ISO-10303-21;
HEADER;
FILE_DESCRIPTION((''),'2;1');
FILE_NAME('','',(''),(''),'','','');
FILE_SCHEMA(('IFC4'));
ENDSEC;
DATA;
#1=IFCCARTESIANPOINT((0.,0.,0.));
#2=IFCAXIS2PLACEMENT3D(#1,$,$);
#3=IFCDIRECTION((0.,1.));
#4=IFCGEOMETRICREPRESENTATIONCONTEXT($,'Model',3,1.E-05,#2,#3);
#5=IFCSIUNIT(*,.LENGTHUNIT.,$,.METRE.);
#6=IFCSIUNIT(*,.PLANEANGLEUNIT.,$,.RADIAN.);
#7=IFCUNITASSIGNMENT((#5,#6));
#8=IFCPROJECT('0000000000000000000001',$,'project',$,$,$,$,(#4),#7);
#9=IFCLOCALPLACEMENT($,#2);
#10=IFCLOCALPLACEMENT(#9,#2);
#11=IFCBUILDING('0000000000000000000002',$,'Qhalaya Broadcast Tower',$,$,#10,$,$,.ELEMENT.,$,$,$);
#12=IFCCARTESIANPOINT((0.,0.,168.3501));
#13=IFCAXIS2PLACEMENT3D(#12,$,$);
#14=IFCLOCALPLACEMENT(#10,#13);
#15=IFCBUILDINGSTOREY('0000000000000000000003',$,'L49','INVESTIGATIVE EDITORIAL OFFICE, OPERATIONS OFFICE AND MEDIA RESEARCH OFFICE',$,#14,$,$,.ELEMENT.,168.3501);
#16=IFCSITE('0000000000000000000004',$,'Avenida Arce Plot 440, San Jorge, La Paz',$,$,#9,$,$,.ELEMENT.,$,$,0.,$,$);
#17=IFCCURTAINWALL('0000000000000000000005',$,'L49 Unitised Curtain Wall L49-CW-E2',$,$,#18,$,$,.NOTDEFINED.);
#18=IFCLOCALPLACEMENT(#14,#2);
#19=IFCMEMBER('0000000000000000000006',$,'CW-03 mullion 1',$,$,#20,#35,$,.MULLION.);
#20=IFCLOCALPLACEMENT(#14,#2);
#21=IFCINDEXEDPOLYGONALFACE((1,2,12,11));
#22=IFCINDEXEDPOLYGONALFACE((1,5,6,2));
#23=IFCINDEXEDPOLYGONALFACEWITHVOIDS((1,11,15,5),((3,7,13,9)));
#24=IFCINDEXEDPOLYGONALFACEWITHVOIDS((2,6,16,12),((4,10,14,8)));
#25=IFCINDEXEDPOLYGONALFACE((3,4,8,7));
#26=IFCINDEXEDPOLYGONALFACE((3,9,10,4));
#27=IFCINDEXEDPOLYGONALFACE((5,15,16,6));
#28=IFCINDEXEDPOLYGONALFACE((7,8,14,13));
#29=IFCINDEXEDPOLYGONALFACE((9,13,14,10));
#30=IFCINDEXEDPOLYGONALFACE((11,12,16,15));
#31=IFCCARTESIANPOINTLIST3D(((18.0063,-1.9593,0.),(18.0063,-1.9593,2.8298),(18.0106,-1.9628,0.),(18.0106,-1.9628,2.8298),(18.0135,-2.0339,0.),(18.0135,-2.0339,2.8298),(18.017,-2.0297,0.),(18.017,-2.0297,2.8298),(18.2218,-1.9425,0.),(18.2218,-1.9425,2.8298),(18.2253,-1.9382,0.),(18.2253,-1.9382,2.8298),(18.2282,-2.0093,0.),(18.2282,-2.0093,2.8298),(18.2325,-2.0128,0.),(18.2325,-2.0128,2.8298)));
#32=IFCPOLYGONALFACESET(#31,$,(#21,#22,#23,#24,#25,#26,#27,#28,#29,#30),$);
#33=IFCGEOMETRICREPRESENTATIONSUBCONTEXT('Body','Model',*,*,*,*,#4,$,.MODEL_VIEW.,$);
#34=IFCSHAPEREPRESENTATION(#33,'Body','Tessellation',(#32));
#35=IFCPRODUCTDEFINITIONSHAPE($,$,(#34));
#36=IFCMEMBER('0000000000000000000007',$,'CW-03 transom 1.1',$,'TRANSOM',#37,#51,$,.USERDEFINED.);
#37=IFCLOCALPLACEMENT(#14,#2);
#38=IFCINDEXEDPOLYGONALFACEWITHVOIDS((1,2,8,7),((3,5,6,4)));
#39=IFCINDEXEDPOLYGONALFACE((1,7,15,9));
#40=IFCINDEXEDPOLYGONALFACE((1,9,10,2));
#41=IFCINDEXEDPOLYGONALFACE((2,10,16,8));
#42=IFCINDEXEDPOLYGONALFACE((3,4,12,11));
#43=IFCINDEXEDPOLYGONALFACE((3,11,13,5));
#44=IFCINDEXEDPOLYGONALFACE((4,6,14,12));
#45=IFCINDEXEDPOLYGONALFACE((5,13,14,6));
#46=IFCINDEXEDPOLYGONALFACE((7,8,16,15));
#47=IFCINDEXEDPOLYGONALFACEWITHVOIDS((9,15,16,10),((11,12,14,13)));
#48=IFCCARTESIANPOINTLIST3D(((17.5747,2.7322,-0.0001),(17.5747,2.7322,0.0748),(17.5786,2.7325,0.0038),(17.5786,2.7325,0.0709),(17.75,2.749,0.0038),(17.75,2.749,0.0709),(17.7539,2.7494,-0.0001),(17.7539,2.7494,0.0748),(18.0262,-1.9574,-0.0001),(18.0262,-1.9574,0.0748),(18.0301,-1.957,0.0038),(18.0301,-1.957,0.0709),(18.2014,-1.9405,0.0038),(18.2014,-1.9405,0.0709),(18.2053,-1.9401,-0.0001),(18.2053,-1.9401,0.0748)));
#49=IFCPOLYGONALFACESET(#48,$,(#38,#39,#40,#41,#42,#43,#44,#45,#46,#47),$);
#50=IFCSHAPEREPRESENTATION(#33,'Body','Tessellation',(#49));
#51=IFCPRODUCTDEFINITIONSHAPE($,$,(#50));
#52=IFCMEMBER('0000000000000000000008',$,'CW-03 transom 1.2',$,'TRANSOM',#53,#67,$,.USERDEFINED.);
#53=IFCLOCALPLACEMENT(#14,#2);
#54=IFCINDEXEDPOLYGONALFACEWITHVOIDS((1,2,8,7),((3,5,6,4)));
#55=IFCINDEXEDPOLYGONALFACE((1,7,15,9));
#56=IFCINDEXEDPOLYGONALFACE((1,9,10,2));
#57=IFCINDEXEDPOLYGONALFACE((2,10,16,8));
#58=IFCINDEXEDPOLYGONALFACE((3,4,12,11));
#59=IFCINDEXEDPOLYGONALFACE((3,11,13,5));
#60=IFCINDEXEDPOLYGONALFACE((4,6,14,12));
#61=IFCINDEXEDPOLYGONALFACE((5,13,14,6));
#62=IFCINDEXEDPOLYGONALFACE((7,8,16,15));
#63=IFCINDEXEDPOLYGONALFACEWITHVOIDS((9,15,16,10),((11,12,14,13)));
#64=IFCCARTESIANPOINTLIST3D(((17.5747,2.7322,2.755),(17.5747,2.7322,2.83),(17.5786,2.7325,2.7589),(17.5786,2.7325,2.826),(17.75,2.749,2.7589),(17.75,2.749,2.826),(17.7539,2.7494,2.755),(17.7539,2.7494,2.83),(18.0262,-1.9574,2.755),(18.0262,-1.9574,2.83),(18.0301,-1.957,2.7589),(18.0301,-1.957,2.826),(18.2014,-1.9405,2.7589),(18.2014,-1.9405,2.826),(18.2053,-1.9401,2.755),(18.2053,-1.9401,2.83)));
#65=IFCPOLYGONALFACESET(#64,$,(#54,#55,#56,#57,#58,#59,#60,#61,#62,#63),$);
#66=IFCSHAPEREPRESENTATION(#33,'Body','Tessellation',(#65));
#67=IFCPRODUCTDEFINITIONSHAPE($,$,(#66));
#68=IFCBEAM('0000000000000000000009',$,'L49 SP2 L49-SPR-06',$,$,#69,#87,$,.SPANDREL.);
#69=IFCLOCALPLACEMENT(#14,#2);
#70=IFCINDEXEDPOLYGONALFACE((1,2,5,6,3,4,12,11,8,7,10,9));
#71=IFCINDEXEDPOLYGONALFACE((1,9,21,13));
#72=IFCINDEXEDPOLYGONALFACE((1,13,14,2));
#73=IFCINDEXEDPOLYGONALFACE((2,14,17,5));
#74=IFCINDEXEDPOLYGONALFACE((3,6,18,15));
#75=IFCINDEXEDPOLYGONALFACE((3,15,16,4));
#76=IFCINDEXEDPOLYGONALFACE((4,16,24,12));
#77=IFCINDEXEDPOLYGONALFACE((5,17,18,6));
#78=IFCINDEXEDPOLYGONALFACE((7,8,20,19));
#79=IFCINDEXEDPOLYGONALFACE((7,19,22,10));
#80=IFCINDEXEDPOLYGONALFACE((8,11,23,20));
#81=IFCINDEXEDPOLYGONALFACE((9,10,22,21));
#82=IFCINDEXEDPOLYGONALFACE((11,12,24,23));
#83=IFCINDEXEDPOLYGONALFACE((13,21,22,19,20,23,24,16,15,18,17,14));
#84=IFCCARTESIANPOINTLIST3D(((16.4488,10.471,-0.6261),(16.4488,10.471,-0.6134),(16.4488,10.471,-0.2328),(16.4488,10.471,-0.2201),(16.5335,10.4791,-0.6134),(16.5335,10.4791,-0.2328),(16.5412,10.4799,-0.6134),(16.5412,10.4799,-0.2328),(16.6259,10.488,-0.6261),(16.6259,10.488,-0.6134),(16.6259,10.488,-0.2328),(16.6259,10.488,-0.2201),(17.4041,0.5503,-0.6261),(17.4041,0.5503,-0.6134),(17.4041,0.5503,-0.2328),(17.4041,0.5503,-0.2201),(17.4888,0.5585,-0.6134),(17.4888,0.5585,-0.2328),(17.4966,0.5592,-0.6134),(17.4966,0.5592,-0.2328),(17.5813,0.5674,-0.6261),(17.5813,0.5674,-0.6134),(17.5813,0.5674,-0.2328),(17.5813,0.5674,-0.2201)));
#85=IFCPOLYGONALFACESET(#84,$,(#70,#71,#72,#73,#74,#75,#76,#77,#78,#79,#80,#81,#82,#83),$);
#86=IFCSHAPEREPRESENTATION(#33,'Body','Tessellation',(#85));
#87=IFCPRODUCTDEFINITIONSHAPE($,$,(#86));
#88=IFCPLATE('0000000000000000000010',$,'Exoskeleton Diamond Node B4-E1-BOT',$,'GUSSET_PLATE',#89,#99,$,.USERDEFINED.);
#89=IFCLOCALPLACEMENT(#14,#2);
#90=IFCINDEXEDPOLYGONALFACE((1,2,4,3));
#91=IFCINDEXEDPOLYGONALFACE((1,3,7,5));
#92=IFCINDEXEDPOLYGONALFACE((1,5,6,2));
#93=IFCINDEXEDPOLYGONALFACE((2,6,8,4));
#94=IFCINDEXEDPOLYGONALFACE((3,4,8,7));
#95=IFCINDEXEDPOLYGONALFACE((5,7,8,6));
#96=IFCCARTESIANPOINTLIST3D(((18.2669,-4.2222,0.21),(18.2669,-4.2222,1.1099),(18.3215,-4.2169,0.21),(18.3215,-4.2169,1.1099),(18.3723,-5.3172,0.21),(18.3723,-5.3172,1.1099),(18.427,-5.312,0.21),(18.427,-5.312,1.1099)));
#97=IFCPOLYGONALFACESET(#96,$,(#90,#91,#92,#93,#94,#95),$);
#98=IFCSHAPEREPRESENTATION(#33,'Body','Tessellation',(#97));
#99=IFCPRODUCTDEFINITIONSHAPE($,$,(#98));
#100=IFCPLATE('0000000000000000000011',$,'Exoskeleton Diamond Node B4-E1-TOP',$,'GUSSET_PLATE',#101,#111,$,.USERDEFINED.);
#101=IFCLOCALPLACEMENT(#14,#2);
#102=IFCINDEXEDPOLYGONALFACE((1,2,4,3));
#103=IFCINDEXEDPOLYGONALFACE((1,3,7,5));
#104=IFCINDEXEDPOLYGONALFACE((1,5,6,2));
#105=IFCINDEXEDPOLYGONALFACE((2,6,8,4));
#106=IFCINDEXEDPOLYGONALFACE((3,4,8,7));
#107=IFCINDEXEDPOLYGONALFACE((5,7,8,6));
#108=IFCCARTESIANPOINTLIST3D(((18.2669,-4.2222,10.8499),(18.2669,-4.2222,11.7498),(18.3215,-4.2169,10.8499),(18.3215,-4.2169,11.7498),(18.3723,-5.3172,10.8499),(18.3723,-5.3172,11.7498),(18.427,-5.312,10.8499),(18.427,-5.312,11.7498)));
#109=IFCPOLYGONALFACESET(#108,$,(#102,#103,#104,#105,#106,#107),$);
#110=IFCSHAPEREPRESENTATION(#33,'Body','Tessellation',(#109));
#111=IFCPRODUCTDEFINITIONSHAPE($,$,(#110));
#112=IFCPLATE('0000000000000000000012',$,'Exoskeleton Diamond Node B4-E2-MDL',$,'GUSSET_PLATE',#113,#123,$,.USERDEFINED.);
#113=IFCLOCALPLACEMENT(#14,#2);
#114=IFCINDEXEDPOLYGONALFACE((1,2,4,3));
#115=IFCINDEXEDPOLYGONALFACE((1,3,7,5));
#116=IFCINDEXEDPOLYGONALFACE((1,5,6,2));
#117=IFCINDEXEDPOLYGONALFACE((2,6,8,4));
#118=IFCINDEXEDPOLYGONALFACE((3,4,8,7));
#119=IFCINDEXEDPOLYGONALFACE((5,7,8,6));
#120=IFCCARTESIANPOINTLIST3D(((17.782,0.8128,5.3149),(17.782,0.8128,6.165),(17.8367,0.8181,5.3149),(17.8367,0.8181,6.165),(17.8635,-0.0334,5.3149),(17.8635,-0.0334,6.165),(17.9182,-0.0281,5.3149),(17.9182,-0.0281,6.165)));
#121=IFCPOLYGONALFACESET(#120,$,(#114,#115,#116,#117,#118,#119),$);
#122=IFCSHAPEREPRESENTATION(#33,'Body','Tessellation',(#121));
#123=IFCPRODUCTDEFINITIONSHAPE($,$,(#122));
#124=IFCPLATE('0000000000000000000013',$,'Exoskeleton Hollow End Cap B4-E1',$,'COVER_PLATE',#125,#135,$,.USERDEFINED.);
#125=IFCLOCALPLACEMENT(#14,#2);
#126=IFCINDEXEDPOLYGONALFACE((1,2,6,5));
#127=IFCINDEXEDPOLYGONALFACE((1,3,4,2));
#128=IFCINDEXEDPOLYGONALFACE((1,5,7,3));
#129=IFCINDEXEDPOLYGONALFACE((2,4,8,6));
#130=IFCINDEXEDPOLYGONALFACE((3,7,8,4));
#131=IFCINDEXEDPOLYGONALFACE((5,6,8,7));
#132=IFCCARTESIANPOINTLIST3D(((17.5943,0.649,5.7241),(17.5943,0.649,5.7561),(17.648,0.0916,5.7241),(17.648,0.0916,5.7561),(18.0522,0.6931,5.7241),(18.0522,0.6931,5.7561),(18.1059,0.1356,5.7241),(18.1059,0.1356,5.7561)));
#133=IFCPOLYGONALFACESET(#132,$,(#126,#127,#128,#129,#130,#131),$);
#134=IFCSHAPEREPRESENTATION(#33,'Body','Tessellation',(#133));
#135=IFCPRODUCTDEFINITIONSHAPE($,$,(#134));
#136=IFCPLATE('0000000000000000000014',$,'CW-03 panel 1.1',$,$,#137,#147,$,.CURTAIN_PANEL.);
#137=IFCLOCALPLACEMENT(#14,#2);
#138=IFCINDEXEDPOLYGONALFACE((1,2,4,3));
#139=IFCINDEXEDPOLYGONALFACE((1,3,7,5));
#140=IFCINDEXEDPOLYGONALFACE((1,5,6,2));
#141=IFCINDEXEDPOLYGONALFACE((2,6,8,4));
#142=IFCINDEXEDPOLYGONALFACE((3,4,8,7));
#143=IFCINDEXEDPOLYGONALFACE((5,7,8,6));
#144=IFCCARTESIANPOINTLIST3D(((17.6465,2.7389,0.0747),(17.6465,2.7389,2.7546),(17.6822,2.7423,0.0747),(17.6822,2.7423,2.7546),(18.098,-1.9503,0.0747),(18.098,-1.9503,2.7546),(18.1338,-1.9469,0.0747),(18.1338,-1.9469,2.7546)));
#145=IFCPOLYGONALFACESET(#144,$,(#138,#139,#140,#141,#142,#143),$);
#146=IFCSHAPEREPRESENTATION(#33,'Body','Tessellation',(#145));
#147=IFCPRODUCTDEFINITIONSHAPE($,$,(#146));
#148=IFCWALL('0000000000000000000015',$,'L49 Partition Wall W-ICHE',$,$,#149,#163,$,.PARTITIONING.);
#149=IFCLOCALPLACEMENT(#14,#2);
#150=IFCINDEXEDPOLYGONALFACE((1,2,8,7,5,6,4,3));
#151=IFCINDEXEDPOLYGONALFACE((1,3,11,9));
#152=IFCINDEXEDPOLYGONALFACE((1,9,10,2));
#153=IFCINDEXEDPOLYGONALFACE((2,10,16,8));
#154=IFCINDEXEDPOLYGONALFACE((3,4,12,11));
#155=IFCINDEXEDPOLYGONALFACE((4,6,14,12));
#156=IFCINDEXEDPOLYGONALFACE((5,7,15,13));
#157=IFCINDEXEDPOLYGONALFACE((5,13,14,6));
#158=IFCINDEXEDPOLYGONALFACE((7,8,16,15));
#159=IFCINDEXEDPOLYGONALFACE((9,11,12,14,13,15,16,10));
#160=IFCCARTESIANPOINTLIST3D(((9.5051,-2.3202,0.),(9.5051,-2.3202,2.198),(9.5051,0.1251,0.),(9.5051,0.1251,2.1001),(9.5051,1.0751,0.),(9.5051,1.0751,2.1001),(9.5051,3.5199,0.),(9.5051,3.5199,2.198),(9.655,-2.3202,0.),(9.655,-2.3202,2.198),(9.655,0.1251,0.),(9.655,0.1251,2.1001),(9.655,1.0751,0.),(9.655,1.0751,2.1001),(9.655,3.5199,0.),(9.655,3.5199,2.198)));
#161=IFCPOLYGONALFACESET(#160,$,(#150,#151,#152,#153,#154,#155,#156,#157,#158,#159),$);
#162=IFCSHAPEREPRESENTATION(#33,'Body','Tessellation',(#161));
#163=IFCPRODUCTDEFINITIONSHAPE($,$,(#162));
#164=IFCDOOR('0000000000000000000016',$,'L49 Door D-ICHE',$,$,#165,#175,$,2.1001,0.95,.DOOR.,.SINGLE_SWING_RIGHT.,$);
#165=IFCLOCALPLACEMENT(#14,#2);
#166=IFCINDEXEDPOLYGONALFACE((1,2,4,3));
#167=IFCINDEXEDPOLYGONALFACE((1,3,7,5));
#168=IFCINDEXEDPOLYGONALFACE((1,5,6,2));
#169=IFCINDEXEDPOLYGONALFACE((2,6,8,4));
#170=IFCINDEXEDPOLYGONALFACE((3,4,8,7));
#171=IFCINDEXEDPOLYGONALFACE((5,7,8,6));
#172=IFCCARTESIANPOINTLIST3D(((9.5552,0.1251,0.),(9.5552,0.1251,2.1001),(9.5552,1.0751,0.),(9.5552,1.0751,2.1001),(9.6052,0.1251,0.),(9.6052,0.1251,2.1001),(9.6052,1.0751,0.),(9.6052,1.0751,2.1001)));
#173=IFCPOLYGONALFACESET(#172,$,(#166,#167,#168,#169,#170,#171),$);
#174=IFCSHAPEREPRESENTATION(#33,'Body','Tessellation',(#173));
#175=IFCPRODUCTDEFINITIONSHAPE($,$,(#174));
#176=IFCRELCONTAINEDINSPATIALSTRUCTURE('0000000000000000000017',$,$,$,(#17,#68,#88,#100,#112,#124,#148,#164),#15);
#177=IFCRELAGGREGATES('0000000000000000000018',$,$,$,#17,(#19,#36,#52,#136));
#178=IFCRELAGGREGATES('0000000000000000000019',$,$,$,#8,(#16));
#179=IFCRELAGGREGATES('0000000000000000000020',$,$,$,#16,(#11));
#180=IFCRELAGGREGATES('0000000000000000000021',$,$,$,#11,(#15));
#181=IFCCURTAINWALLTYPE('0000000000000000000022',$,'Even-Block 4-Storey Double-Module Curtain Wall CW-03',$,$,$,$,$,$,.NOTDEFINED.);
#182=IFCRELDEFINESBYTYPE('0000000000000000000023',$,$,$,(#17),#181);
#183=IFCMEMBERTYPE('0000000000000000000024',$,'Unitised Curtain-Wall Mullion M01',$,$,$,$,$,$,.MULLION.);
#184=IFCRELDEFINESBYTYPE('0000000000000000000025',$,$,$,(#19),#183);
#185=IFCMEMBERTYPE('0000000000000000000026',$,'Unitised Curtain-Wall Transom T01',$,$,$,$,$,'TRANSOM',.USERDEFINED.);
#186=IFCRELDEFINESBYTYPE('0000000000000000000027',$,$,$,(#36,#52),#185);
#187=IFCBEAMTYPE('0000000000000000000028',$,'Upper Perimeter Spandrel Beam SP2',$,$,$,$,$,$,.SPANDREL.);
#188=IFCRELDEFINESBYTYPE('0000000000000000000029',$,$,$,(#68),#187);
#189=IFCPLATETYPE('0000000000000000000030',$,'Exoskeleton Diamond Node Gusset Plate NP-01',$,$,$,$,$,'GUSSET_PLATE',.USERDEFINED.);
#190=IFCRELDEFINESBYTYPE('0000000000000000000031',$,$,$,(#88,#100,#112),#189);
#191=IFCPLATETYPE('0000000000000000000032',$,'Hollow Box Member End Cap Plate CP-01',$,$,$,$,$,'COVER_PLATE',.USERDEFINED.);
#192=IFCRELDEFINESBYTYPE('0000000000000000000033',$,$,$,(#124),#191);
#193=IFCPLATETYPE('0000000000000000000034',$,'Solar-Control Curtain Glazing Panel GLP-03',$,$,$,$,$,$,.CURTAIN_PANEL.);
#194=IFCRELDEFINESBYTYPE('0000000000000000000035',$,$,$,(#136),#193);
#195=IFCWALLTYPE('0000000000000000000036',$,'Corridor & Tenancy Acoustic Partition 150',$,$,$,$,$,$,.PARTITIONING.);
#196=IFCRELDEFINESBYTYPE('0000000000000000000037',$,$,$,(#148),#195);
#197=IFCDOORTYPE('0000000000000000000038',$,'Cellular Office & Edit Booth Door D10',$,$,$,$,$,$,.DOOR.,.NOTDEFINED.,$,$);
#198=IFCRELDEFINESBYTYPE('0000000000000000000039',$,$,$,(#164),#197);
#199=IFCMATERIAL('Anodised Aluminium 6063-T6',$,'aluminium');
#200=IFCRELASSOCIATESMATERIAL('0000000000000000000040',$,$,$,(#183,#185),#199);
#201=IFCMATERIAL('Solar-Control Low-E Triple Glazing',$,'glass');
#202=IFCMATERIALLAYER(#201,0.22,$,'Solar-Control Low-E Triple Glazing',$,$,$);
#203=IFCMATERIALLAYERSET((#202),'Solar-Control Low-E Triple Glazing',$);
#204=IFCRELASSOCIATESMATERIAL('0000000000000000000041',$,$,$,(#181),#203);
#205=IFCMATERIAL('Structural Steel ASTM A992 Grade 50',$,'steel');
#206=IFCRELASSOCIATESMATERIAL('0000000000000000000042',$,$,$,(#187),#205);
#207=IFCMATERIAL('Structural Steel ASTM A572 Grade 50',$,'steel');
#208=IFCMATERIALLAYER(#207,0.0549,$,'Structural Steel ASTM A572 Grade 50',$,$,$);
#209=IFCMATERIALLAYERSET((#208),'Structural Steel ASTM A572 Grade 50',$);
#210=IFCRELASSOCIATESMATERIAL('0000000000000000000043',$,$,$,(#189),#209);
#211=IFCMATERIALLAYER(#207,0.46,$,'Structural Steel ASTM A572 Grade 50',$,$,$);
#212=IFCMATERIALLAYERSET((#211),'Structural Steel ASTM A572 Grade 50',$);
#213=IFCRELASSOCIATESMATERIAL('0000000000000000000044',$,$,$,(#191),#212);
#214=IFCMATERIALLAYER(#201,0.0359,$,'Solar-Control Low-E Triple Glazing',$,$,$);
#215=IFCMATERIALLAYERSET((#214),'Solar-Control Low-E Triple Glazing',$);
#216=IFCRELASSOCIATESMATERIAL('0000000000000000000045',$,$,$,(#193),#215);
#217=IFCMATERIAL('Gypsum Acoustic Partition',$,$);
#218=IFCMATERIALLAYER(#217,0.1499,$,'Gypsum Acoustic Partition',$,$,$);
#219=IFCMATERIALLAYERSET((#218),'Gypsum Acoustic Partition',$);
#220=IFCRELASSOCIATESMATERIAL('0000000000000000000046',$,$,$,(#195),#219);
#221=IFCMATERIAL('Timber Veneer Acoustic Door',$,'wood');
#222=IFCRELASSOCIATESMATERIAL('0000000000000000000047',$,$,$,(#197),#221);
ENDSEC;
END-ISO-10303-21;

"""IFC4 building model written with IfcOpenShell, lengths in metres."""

from ifc_helpers import new_model, si_unit, direction, frame, frame_2d, origin, origin_2d, place, context, subcontext, project, spatial, rectangle, hollow_rectangle, i_section, extrude, material, layer, layer_set, material_profile, profile_set, type_object, element, fill, aggregate, save


model = new_model("IFC4")

# Units and contexts
model_context = context("Model", 3, precision=1e-05, world=origin(), true_north=direction((0.0, 1.0)))
body_context = subcontext(model_context, "Body", "Model", "MODEL_VIEW")
ifc_project = project(units=[si_unit("LENGTHUNIT", "METRE"), si_unit("PLANEANGLEUNIT", "RADIAN")], contexts=[model_context])

# Site, building, storey
site_placement = place(None, origin())
site = spatial("IfcSite", under=ifc_project, at=site_placement, Name="Avenida Arce Plot 440, San Jorge, La Paz", CompositionType="ELEMENT", RefElevation=0.0)
building_placement = place(site_placement, origin())
building = spatial("IfcBuilding", under=site, at=building_placement, Name="Qhalaya Broadcast Tower", CompositionType="ELEMENT")
storey_placement = place(building_placement, frame((0.0, 0.0, 168.3501)))
storey = spatial("IfcBuildingStorey", under=building, at=storey_placement, Name="L49", Description="INVESTIGATIVE EDITORIAL OFFICE, OPERATIONS OFFICE AND MEDIA RESEARCH OFFICE", CompositionType="ELEMENT", Elevation=168.3501)

# Shared definitions
ifc_material_1 = material(Name="Structural Steel ASTM A572 Grade 50", Category="steel")

# Shared definitions
ifc_material_2 = material(Name="Structural Steel ASTM A992 Grade 50", Category="steel")

# Shared definitions
ifc_material_3 = material(Name="Anodised Aluminium 6063-T6", Category="aluminium")
ifc_material_profile_1 = material_profile(ifc_material_3, hollow_rectangle(XDim=0.075, YDim=0.22, WallThickness=0.0039, at=origin_2d()), Name="ALU-MUL 75x220x4")
ifc_profile_set_1 = profile_set([ifc_material_profile_1], Name="Anodised Aluminium 6063-T6")
member_type_1 = type_object("IfcMemberType", Name="Unitised Curtain-Wall Mullion M01", PredefinedType="MULLION", material=ifc_profile_set_1)

# Curtain wall, members
ifc_material_4 = material(Name="Solar-Control Low-E Triple Glazing", Category="glass")
ifc_layer_1 = layer(ifc_material_4, 0.22, Name="Solar-Control Low-E Triple Glazing")
ifc_layer_set_1 = layer_set([ifc_layer_1], Name="Solar-Control Low-E Triple Glazing")
curtain_wall_type_1 = type_object("IfcCurtainWallType", Name="Even-Block 4-Storey Double-Module Curtain Wall CW-03", PredefinedType="NOTDEFINED", material=ifc_layer_set_1)
curtain_wall_1_placement = place(storey_placement, origin())
curtain_wall_1 = element("IfcCurtainWall", 1, at=curtain_wall_1_placement, inside=storey, type_object=curtain_wall_type_1, Name="L49 Unitised Curtain Wall L49-CW-E2", PredefinedType="NOTDEFINED")
member_1_placement = place(storey_placement, frame((18.1194, -1.9861, 0.0), z_axis=(0.0, 0.0, 1.0), x_axis=(-0.095845, 0.995396, 0.0)))
member_1 = element("IfcMember", 2, at=member_1_placement, type_object=member_type_1, Name="CW-03 mullion 1", PredefinedType="MULLION", context=body_context, shape_type="SweptSolid", body=[
    extrude(hollow_rectangle(XDim=0.075, YDim=0.22, WallThickness=0.0039, at=origin_2d()), origin(), (0.0, 0.0, 1.0), 2.8298),
])
ifc_material_profile_2 = material_profile(ifc_material_3, hollow_rectangle(XDim=0.075, YDim=0.1799, WallThickness=0.0039, at=origin_2d()), Name="ALU-TRN 75x180x4")
ifc_profile_set_2 = profile_set([ifc_material_profile_2], Name="Anodised Aluminium 6063-T6")
member_type_2 = type_object("IfcMemberType", Name="Unitised Curtain-Wall Transom T01", ElementType="TRANSOM", PredefinedType="USERDEFINED", material=ifc_profile_set_2)
member_2_placement = place(storey_placement, frame((18.1157, -1.9487, 0.0374), z_axis=(-0.095819, 0.995399, 0.0), x_axis=(0.0, 0.0, 1.0)))
member_2 = element("IfcMember", 3, at=member_2_placement, type_object=member_type_2, Name="CW-03 transom 1.1", ObjectType="TRANSOM", PredefinedType="USERDEFINED", context=body_context, shape_type="SweptSolid", body=[
    extrude(hollow_rectangle(XDim=0.075, YDim=0.1799, WallThickness=0.0039, at=origin_2d()), origin(), (0.0, 0.0, 1.0), 4.7112),
])
member_3_placement = place(storey_placement, frame((18.1157, -1.9487, 2.7925), z_axis=(-0.095819, 0.995399, 0.0), x_axis=(0.0, 0.0, 1.0)))
member_3 = element("IfcMember", 4, at=member_3_placement, type_object=member_type_2, Name="CW-03 transom 1.2", ObjectType="TRANSOM", PredefinedType="USERDEFINED", context=body_context, shape_type="SweptSolid", body=[
    extrude(hollow_rectangle(XDim=0.075, YDim=0.1799, WallThickness=0.0039, at=origin_2d()), origin(), (0.0, 0.0, 1.0), 4.7112),
])

# Beam
ifc_material_profile_3 = material_profile(ifc_material_2, i_section(OverallWidth=0.178, OverallDepth=0.406, WebThickness=0.0078, FlangeThickness=0.0127, at=origin_2d()), Name="W16X40")
ifc_profile_set_3 = profile_set([ifc_material_profile_3], Name="Structural Steel ASTM A992 Grade 50")
beam_type_1 = type_object("IfcBeamType", Name="Upper Perimeter Spandrel Beam SP2", PredefinedType="SPANDREL", material=ifc_profile_set_3)
beam_1_placement = place(storey_placement, frame((17.4927, 0.5588, -0.4231), z_axis=(-0.095853, 0.995396, 0.0), x_axis=(-0.995396, -0.095853, 0.0)))
element("IfcBeam", 5, at=beam_1_placement, inside=storey, type_object=beam_type_1, Name="L49 SP2 L49-SPR-06", PredefinedType="SPANDREL", context=body_context, shape_type="SweptSolid", body=[
    extrude(i_section(OverallWidth=0.178, OverallDepth=0.406, WebThickness=0.0078, FlangeThickness=0.0127, at=origin_2d()), origin(), (0.0, 0.0, 1.0), 9.9666),
])

# Plates
ifc_layer_2 = layer(ifc_material_1, 0.0549, Name="Structural Steel ASTM A572 Grade 50")
ifc_layer_set_2 = layer_set([ifc_layer_2], Name="Structural Steel ASTM A572 Grade 50")
plate_type_1 = type_object("IfcPlateType", Name="Exoskeleton Diamond Node Gusset Plate NP-01", ElementType="GUSSET_PLATE", PredefinedType="USERDEFINED", material=ifc_layer_set_2)
for number, where, z_axis, x_axis, name in (
    (6, (18.3469, -4.7671, 0.21), (0.0, 0.0, 1.0), (-0.095846, 0.995396, 0.0), "Exoskeleton Diamond Node B4-E1-BOT"),
    (7, (18.3469, -4.7671, 10.8499), (0.0, 0.0, 1.0), (-0.095846, 0.995396, 0.0), "Exoskeleton Diamond Node B4-E1-TOP"),
):
    element("IfcPlate", number, at=place(storey_placement, frame(where, z_axis=z_axis, x_axis=x_axis)), inside=storey, type_object=plate_type_1, Name=name, ObjectType="GUSSET_PLATE", PredefinedType="USERDEFINED", context=body_context, shape_type="SweptSolid", body=[
        extrude(rectangle(XDim=1.1001, YDim=0.0549, at=origin_2d()), origin(), (0.0, 0.0, 1.0), 0.8999),
    ])
plate_1_placement = place(storey_placement, frame((17.8501, 0.3923, 5.3149), z_axis=(0.0, 0.0, 1.0), x_axis=(-0.095846, 0.995396, 0.0)))
element("IfcPlate", 8, at=plate_1_placement, inside=storey, type_object=plate_type_1, Name="Exoskeleton Diamond Node B4-E2-MDL", ObjectType="GUSSET_PLATE", PredefinedType="USERDEFINED", context=body_context, shape_type="SweptSolid", body=[
    extrude(rectangle(XDim=0.8501, YDim=0.0549, at=origin_2d()), origin(), (0.0, 0.0, 1.0), 0.8501),
])
ifc_layer_3 = layer(ifc_material_1, 0.46, Name="Structural Steel ASTM A572 Grade 50")
ifc_layer_set_3 = layer_set([ifc_layer_3], Name="Structural Steel ASTM A572 Grade 50")
plate_type_2 = type_object("IfcPlateType", Name="Hollow Box Member End Cap Plate CP-01", ElementType="COVER_PLATE", PredefinedType="USERDEFINED", material=ifc_layer_set_3)
plate_2_placement = place(storey_placement, frame((17.8501, 0.3923, 5.7241), z_axis=(0.0, 0.0, 1.0), x_axis=(-0.095846, 0.995396, 0.0)))
element("IfcPlate", 9, at=plate_2_placement, inside=storey, type_object=plate_type_2, Name="Exoskeleton Hollow End Cap B4-E1", ObjectType="COVER_PLATE", PredefinedType="USERDEFINED", context=body_context, shape_type="SweptSolid", body=[
    extrude(rectangle(XDim=0.5601, YDim=0.46, at=origin_2d()), origin(), (0.0, 0.0, 1.0), 0.032),
])

# Plate
ifc_layer_4 = layer(ifc_material_4, 0.0359, Name="Solar-Control Low-E Triple Glazing")
ifc_layer_set_4 = layer_set([ifc_layer_4], Name="Solar-Control Low-E Triple Glazing")
plate_type_3 = type_object("IfcPlateType", Name="Solar-Control Curtain Glazing Panel GLP-03", PredefinedType="CURTAIN_PANEL", material=ifc_layer_set_4)
plate_3_placement = place(storey_placement, frame((17.8901, 0.396, 0.0747), z_axis=(0.0, 0.0, 1.0), x_axis=(-0.095845, 0.995396, 0.0)))
plate_3 = element("IfcPlate", 10, at=plate_3_placement, type_object=plate_type_3, Name="CW-03 panel 1.1", PredefinedType="CURTAIN_PANEL", context=body_context, shape_type="SweptSolid", body=[
    extrude(rectangle(XDim=4.7109, YDim=0.0359, at=origin_2d()), origin(), (0.0, 0.0, 1.0), 2.6799),
])
aggregate(curtain_wall_1, [member_1, member_2, member_3, plate_3])

# Wall, opening, door
ifc_material_5 = material(Name="Gypsum Acoustic Partition")
ifc_layer_5 = layer(ifc_material_5, 0.1499, Name="Gypsum Acoustic Partition")
ifc_layer_set_5 = layer_set([ifc_layer_5], Name="Gypsum Acoustic Partition")
wall_type_1 = type_object("IfcWallType", Name="Corridor & Tenancy Acoustic Partition 150", PredefinedType="PARTITIONING", material=ifc_layer_set_5)
wall_1_placement = place(storey_placement, frame((9.5801, -2.3201, 0.0), z_axis=(0.0, 0.0, 1.0), x_axis=(0.0, 1.0, 0.0)))
wall_1 = element("IfcWall", 11, at=wall_1_placement, inside=storey, type_object=wall_type_1, Name="L49 Partition Wall W-ICHE", PredefinedType="PARTITIONING", context=body_context, shape_type="SweptSolid", body=[
    extrude(rectangle(XDim=5.8401, YDim=0.1499, at=frame_2d((2.9199, 0.0))), origin(), (0.0, 0.0, 1.0), 2.198),
])
opening_1_placement = place(wall_1_placement, frame((2.4451, 0.0, 0.0)))
opening_1 = element("IfcOpeningElement", 12, at=opening_1_placement, cuts=wall_1, PredefinedType="OPENING", context=body_context, shape_type="SweptSolid", body=[
    extrude(rectangle(XDim=0.95, YDim=2.1001, at=frame_2d((0.4751, 1.05))), frame((0.0, 0.0869, 0.0), z_axis=(0.0, -1.0, 0.0), x_axis=(1.0, 0.0, 0.0)), (0.0, 0.0, 1.0), 0.1738),
])
ifc_material_6 = material(Name="Timber Veneer Acoustic Door", Category="wood")
door_type_1 = type_object("IfcDoorType", Name="Cellular Office & Edit Booth Door D10", OperationType="NOTDEFINED", PredefinedType="DOOR", material=ifc_material_6)
door_1_placement = place(opening_1_placement, origin())
door_1 = element("IfcDoor", 13, at=door_1_placement, inside=storey, type_object=door_type_1, Name="L49 Door D-ICHE", OperationType="SINGLE_SWING_RIGHT", OverallHeight=2.1001, OverallWidth=0.95, PredefinedType="DOOR", context=body_context, shape_type="SweptSolid", body=[
    extrude(rectangle(XDim=0.95, YDim=2.1001, at=frame_2d((0.4751, 1.05))), frame((0.0, 0.0249, 0.0), z_axis=(0.0, -1.0, 0.0), x_axis=(1.0, 0.0, 0.0)), (0.0, 0.0, 1.0), 0.05),
])
fill(opening_1, door_1)

save(model, "model.ifc")
